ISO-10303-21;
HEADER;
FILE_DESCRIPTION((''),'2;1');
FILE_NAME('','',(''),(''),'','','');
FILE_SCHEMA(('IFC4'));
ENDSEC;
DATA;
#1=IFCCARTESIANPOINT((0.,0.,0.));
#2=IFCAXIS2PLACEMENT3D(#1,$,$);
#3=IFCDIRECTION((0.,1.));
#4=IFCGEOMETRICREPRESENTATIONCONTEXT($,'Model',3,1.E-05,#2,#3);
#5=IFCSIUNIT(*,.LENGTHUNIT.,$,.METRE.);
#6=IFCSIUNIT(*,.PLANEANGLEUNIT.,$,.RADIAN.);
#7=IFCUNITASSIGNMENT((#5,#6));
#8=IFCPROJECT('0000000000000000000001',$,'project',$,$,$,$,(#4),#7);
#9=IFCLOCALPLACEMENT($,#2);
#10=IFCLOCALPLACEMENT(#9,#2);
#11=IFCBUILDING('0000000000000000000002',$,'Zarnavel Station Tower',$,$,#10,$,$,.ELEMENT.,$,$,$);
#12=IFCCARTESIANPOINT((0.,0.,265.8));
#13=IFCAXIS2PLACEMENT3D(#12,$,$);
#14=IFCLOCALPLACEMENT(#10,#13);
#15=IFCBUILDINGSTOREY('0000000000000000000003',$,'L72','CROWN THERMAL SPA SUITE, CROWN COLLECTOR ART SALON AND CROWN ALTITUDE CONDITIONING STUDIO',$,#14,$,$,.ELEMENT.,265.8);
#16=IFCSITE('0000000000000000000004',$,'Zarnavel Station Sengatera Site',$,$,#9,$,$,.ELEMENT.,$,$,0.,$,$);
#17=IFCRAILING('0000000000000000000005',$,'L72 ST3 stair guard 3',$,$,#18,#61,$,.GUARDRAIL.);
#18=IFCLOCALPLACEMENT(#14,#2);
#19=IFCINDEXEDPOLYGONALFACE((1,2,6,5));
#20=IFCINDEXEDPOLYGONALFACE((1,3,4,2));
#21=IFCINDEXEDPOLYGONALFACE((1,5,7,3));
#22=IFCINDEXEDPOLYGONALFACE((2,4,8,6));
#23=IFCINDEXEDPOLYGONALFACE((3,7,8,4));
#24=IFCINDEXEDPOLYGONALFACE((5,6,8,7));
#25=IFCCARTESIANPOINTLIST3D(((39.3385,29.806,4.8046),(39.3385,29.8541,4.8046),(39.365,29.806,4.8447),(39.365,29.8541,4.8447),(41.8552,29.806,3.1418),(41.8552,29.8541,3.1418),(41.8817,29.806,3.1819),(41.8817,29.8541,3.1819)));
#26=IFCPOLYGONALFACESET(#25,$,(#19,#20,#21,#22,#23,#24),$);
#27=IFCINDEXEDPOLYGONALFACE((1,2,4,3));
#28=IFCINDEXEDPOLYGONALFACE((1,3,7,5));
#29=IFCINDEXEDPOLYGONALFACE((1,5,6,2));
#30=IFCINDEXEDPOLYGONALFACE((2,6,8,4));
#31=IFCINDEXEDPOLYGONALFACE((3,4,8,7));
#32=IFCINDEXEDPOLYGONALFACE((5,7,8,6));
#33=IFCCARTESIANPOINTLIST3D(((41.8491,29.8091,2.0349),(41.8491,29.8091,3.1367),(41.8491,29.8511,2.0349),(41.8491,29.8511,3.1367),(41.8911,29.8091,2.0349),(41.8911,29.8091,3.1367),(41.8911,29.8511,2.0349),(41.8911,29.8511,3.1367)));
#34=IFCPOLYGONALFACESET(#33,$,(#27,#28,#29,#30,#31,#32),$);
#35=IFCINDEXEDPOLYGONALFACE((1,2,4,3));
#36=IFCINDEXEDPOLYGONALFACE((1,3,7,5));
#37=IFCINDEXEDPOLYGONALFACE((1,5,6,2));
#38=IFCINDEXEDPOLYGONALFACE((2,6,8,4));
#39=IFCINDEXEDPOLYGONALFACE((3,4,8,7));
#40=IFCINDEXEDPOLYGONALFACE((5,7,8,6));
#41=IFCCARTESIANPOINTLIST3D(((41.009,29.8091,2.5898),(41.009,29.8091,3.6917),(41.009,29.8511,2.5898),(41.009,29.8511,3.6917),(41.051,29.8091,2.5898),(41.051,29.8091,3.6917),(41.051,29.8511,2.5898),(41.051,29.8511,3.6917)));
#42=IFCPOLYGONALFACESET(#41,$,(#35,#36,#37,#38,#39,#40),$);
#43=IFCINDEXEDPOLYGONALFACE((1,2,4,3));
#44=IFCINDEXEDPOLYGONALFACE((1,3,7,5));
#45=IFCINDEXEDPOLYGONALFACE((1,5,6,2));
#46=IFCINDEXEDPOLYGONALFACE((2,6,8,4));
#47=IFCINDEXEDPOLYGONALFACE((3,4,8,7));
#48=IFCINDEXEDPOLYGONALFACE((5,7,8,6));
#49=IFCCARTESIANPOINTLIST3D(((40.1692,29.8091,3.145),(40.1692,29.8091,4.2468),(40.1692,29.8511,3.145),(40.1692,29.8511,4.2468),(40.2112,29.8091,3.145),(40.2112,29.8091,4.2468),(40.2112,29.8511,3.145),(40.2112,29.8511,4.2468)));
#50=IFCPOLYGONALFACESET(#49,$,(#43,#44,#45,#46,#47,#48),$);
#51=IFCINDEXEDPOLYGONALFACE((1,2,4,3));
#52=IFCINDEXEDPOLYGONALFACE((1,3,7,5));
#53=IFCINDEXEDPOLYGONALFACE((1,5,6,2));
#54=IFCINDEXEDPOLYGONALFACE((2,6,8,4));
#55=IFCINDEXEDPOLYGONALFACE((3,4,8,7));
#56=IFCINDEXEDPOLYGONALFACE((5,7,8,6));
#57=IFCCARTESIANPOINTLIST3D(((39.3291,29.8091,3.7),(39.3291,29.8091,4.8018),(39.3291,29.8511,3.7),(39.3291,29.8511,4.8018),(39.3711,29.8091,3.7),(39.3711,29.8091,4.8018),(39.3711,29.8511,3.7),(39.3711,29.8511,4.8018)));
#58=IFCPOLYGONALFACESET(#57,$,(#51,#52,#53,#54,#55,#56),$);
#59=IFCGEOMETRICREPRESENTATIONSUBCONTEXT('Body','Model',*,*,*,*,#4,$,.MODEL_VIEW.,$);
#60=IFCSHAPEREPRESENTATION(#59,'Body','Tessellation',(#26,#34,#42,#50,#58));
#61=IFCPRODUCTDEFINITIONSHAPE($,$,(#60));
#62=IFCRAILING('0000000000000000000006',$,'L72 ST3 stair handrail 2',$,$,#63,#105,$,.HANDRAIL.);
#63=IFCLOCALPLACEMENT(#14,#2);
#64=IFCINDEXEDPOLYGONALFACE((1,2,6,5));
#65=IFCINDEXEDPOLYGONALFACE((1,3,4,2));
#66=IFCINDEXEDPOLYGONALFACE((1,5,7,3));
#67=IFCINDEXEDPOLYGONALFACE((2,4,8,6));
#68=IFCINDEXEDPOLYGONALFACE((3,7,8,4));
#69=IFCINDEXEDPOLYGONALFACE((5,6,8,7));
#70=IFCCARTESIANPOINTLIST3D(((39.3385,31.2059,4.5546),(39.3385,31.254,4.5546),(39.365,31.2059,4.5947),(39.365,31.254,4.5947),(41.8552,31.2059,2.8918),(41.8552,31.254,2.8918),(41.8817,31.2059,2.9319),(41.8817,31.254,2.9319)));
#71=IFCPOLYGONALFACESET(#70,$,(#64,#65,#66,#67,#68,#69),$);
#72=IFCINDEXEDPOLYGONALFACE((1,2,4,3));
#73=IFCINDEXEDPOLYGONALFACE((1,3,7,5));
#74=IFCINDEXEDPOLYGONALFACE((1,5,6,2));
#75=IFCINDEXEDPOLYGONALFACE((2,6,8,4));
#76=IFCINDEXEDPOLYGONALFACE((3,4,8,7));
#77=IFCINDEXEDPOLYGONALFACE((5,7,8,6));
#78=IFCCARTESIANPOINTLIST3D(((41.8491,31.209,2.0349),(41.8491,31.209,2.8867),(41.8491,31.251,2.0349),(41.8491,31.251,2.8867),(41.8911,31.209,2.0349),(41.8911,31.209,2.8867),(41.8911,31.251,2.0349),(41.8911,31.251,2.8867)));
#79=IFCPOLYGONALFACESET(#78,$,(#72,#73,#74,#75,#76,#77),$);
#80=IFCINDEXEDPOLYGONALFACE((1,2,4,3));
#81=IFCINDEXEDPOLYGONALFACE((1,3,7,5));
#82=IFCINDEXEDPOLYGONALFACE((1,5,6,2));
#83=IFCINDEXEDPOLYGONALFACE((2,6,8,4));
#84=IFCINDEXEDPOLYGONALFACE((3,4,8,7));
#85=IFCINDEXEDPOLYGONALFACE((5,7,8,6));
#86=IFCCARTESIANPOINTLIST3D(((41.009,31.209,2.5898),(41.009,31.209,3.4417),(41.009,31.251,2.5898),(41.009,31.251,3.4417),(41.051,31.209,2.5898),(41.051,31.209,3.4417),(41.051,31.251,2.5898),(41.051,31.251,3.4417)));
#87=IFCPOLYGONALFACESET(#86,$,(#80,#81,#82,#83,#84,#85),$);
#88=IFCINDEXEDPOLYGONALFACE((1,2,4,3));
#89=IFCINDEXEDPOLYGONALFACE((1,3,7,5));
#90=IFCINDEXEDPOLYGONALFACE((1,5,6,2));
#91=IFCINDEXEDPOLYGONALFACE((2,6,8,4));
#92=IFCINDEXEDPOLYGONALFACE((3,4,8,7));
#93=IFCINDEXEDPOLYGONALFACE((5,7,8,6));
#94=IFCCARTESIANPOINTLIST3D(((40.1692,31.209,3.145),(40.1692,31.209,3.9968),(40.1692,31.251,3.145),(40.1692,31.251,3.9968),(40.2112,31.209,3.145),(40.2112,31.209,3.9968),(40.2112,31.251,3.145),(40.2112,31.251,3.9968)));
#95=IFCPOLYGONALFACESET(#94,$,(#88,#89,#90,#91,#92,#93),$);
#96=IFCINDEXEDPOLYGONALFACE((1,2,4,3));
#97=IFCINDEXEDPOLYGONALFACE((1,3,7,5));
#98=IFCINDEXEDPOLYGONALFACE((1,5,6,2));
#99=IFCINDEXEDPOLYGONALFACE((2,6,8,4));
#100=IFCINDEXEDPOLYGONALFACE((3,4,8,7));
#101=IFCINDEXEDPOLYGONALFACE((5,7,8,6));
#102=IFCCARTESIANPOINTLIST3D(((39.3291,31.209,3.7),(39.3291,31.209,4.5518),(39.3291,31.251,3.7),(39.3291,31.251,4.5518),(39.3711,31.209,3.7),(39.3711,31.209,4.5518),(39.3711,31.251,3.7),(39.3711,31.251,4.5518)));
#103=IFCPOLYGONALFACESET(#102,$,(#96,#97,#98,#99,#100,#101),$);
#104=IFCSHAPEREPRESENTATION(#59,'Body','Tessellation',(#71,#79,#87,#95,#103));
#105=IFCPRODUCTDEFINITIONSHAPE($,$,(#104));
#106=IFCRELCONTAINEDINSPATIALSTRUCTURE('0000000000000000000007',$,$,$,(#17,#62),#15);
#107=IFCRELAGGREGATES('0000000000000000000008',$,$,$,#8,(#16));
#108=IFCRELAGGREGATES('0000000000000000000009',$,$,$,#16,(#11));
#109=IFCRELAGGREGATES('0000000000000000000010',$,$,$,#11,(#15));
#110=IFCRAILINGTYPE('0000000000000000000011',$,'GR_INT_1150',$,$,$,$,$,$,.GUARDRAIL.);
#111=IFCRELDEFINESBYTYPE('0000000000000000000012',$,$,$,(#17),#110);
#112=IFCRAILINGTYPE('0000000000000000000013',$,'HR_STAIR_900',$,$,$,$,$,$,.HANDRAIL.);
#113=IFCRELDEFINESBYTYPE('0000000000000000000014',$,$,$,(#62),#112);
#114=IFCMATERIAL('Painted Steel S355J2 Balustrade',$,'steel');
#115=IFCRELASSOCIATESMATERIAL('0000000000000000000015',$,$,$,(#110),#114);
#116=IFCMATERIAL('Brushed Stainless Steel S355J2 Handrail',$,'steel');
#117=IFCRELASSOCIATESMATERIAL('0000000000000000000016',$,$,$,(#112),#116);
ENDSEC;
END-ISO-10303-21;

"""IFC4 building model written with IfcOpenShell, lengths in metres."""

from ifc_helpers import new_model, si_unit, direction, frame, origin, origin_2d, place, context, subcontext, project, spatial, rectangle, extrude, material, type_object, element, save


model = new_model("IFC4")

# Units and contexts
model_context = context("Model", 3, precision=1e-05, world=origin(), true_north=direction((0.0, 1.0)))
body_context = subcontext(model_context, "Body", "Model", "MODEL_VIEW")
ifc_project = project(units=[si_unit("LENGTHUNIT", "METRE"), si_unit("PLANEANGLEUNIT", "RADIAN")], contexts=[model_context])

# Site, building, storey
site_placement = place(None, origin())
site = spatial("IfcSite", under=ifc_project, at=site_placement, Name="Zarnavel Station Sengatera Site", CompositionType="ELEMENT", RefElevation=0.0)
building_placement = place(site_placement, origin())
building = spatial("IfcBuilding", under=site, at=building_placement, Name="Zarnavel Station Tower", CompositionType="ELEMENT")
storey_placement = place(building_placement, frame((0.0, 0.0, 265.8)))
storey = spatial("IfcBuildingStorey", under=building, at=storey_placement, Name="L72", Description="CROWN THERMAL SPA SUITE, CROWN COLLECTOR ART SALON AND CROWN ALTITUDE CONDITIONING STUDIO", CompositionType="ELEMENT", Elevation=265.8)

# Railings
ifc_material_1 = material(Name="Painted Steel S355J2 Balustrade", Category="steel")
railing_type_1 = type_object("IfcRailingType", Name="GR_INT_1150", PredefinedType="GUARDRAIL", material=ifc_material_1)
railing_1_placement = place(storey_placement, frame((41.8701, 29.8301, 2.0349)))
element("IfcRailing", 1, at=railing_1_placement, inside=storey, type_object=railing_type_1, Name="L72 ST3 stair guard 3", PredefinedType="GUARDRAIL", context=body_context, shape_type="SweptSolid", body=[
    extrude(rectangle(XDim=0.0481, YDim=0.0481, at=origin_2d()), frame((-0.0017, 0.0, 1.127), z_axis=(-0.834331, 0.0, 0.551263), x_axis=(0.0, -1.0, 0.0)), (0.0, 0.0, 1.0), 3.0164),
    extrude(rectangle(XDim=0.042, YDim=0.042, at=origin_2d()), origin(), (0.0, 0.0, 1.0), 1.1018),
    extrude(rectangle(XDim=0.042, YDim=0.042, at=origin_2d()), frame((-0.8401, 0.0, 0.5549)), (0.0, 0.0, 1.0), 1.1018),
    extrude(rectangle(XDim=0.042, YDim=0.042, at=origin_2d()), frame((-1.6799, 0.0, 1.1101)), (0.0, 0.0, 1.0), 1.1018),
    extrude(rectangle(XDim=0.042, YDim=0.042, at=origin_2d()), frame((-2.52, 0.0, 1.665)), (0.0, 0.0, 1.0), 1.1018),
])
ifc_material_2 = material(Name="Brushed Stainless Steel S355J2 Handrail", Category="steel")
railing_type_2 = type_object("IfcRailingType", Name="HR_STAIR_900", PredefinedType="HANDRAIL", material=ifc_material_2)
railing_2_placement = place(storey_placement, frame((41.8701, 31.23, 2.0349)))
element("IfcRailing", 2, at=railing_2_placement, inside=storey, type_object=railing_type_2, Name="L72 ST3 stair handrail 2", PredefinedType="HANDRAIL", context=body_context, shape_type="SweptSolid", body=[
    extrude(rectangle(XDim=0.0481, YDim=0.0481, at=origin_2d()), frame((-0.0017, 0.0, 0.877), z_axis=(-0.834331, 0.0, 0.551263), x_axis=(0.0, -1.0, 0.0)), (0.0, 0.0, 1.0), 3.0164),
    extrude(rectangle(XDim=0.042, YDim=0.042, at=origin_2d()), origin(), (0.0, 0.0, 1.0), 0.8518),
    extrude(rectangle(XDim=0.042, YDim=0.042, at=origin_2d()), frame((-0.8401, 0.0, 0.5549)), (0.0, 0.0, 1.0), 0.8518),
    extrude(rectangle(XDim=0.042, YDim=0.042, at=origin_2d()), frame((-1.6799, 0.0, 1.1101)), (0.0, 0.0, 1.0), 0.8518),
    extrude(rectangle(XDim=0.042, YDim=0.042, at=origin_2d()), frame((-2.52, 0.0, 1.665)), (0.0, 0.0, 1.0), 0.8518),
])

save(model, "model.ifc")
